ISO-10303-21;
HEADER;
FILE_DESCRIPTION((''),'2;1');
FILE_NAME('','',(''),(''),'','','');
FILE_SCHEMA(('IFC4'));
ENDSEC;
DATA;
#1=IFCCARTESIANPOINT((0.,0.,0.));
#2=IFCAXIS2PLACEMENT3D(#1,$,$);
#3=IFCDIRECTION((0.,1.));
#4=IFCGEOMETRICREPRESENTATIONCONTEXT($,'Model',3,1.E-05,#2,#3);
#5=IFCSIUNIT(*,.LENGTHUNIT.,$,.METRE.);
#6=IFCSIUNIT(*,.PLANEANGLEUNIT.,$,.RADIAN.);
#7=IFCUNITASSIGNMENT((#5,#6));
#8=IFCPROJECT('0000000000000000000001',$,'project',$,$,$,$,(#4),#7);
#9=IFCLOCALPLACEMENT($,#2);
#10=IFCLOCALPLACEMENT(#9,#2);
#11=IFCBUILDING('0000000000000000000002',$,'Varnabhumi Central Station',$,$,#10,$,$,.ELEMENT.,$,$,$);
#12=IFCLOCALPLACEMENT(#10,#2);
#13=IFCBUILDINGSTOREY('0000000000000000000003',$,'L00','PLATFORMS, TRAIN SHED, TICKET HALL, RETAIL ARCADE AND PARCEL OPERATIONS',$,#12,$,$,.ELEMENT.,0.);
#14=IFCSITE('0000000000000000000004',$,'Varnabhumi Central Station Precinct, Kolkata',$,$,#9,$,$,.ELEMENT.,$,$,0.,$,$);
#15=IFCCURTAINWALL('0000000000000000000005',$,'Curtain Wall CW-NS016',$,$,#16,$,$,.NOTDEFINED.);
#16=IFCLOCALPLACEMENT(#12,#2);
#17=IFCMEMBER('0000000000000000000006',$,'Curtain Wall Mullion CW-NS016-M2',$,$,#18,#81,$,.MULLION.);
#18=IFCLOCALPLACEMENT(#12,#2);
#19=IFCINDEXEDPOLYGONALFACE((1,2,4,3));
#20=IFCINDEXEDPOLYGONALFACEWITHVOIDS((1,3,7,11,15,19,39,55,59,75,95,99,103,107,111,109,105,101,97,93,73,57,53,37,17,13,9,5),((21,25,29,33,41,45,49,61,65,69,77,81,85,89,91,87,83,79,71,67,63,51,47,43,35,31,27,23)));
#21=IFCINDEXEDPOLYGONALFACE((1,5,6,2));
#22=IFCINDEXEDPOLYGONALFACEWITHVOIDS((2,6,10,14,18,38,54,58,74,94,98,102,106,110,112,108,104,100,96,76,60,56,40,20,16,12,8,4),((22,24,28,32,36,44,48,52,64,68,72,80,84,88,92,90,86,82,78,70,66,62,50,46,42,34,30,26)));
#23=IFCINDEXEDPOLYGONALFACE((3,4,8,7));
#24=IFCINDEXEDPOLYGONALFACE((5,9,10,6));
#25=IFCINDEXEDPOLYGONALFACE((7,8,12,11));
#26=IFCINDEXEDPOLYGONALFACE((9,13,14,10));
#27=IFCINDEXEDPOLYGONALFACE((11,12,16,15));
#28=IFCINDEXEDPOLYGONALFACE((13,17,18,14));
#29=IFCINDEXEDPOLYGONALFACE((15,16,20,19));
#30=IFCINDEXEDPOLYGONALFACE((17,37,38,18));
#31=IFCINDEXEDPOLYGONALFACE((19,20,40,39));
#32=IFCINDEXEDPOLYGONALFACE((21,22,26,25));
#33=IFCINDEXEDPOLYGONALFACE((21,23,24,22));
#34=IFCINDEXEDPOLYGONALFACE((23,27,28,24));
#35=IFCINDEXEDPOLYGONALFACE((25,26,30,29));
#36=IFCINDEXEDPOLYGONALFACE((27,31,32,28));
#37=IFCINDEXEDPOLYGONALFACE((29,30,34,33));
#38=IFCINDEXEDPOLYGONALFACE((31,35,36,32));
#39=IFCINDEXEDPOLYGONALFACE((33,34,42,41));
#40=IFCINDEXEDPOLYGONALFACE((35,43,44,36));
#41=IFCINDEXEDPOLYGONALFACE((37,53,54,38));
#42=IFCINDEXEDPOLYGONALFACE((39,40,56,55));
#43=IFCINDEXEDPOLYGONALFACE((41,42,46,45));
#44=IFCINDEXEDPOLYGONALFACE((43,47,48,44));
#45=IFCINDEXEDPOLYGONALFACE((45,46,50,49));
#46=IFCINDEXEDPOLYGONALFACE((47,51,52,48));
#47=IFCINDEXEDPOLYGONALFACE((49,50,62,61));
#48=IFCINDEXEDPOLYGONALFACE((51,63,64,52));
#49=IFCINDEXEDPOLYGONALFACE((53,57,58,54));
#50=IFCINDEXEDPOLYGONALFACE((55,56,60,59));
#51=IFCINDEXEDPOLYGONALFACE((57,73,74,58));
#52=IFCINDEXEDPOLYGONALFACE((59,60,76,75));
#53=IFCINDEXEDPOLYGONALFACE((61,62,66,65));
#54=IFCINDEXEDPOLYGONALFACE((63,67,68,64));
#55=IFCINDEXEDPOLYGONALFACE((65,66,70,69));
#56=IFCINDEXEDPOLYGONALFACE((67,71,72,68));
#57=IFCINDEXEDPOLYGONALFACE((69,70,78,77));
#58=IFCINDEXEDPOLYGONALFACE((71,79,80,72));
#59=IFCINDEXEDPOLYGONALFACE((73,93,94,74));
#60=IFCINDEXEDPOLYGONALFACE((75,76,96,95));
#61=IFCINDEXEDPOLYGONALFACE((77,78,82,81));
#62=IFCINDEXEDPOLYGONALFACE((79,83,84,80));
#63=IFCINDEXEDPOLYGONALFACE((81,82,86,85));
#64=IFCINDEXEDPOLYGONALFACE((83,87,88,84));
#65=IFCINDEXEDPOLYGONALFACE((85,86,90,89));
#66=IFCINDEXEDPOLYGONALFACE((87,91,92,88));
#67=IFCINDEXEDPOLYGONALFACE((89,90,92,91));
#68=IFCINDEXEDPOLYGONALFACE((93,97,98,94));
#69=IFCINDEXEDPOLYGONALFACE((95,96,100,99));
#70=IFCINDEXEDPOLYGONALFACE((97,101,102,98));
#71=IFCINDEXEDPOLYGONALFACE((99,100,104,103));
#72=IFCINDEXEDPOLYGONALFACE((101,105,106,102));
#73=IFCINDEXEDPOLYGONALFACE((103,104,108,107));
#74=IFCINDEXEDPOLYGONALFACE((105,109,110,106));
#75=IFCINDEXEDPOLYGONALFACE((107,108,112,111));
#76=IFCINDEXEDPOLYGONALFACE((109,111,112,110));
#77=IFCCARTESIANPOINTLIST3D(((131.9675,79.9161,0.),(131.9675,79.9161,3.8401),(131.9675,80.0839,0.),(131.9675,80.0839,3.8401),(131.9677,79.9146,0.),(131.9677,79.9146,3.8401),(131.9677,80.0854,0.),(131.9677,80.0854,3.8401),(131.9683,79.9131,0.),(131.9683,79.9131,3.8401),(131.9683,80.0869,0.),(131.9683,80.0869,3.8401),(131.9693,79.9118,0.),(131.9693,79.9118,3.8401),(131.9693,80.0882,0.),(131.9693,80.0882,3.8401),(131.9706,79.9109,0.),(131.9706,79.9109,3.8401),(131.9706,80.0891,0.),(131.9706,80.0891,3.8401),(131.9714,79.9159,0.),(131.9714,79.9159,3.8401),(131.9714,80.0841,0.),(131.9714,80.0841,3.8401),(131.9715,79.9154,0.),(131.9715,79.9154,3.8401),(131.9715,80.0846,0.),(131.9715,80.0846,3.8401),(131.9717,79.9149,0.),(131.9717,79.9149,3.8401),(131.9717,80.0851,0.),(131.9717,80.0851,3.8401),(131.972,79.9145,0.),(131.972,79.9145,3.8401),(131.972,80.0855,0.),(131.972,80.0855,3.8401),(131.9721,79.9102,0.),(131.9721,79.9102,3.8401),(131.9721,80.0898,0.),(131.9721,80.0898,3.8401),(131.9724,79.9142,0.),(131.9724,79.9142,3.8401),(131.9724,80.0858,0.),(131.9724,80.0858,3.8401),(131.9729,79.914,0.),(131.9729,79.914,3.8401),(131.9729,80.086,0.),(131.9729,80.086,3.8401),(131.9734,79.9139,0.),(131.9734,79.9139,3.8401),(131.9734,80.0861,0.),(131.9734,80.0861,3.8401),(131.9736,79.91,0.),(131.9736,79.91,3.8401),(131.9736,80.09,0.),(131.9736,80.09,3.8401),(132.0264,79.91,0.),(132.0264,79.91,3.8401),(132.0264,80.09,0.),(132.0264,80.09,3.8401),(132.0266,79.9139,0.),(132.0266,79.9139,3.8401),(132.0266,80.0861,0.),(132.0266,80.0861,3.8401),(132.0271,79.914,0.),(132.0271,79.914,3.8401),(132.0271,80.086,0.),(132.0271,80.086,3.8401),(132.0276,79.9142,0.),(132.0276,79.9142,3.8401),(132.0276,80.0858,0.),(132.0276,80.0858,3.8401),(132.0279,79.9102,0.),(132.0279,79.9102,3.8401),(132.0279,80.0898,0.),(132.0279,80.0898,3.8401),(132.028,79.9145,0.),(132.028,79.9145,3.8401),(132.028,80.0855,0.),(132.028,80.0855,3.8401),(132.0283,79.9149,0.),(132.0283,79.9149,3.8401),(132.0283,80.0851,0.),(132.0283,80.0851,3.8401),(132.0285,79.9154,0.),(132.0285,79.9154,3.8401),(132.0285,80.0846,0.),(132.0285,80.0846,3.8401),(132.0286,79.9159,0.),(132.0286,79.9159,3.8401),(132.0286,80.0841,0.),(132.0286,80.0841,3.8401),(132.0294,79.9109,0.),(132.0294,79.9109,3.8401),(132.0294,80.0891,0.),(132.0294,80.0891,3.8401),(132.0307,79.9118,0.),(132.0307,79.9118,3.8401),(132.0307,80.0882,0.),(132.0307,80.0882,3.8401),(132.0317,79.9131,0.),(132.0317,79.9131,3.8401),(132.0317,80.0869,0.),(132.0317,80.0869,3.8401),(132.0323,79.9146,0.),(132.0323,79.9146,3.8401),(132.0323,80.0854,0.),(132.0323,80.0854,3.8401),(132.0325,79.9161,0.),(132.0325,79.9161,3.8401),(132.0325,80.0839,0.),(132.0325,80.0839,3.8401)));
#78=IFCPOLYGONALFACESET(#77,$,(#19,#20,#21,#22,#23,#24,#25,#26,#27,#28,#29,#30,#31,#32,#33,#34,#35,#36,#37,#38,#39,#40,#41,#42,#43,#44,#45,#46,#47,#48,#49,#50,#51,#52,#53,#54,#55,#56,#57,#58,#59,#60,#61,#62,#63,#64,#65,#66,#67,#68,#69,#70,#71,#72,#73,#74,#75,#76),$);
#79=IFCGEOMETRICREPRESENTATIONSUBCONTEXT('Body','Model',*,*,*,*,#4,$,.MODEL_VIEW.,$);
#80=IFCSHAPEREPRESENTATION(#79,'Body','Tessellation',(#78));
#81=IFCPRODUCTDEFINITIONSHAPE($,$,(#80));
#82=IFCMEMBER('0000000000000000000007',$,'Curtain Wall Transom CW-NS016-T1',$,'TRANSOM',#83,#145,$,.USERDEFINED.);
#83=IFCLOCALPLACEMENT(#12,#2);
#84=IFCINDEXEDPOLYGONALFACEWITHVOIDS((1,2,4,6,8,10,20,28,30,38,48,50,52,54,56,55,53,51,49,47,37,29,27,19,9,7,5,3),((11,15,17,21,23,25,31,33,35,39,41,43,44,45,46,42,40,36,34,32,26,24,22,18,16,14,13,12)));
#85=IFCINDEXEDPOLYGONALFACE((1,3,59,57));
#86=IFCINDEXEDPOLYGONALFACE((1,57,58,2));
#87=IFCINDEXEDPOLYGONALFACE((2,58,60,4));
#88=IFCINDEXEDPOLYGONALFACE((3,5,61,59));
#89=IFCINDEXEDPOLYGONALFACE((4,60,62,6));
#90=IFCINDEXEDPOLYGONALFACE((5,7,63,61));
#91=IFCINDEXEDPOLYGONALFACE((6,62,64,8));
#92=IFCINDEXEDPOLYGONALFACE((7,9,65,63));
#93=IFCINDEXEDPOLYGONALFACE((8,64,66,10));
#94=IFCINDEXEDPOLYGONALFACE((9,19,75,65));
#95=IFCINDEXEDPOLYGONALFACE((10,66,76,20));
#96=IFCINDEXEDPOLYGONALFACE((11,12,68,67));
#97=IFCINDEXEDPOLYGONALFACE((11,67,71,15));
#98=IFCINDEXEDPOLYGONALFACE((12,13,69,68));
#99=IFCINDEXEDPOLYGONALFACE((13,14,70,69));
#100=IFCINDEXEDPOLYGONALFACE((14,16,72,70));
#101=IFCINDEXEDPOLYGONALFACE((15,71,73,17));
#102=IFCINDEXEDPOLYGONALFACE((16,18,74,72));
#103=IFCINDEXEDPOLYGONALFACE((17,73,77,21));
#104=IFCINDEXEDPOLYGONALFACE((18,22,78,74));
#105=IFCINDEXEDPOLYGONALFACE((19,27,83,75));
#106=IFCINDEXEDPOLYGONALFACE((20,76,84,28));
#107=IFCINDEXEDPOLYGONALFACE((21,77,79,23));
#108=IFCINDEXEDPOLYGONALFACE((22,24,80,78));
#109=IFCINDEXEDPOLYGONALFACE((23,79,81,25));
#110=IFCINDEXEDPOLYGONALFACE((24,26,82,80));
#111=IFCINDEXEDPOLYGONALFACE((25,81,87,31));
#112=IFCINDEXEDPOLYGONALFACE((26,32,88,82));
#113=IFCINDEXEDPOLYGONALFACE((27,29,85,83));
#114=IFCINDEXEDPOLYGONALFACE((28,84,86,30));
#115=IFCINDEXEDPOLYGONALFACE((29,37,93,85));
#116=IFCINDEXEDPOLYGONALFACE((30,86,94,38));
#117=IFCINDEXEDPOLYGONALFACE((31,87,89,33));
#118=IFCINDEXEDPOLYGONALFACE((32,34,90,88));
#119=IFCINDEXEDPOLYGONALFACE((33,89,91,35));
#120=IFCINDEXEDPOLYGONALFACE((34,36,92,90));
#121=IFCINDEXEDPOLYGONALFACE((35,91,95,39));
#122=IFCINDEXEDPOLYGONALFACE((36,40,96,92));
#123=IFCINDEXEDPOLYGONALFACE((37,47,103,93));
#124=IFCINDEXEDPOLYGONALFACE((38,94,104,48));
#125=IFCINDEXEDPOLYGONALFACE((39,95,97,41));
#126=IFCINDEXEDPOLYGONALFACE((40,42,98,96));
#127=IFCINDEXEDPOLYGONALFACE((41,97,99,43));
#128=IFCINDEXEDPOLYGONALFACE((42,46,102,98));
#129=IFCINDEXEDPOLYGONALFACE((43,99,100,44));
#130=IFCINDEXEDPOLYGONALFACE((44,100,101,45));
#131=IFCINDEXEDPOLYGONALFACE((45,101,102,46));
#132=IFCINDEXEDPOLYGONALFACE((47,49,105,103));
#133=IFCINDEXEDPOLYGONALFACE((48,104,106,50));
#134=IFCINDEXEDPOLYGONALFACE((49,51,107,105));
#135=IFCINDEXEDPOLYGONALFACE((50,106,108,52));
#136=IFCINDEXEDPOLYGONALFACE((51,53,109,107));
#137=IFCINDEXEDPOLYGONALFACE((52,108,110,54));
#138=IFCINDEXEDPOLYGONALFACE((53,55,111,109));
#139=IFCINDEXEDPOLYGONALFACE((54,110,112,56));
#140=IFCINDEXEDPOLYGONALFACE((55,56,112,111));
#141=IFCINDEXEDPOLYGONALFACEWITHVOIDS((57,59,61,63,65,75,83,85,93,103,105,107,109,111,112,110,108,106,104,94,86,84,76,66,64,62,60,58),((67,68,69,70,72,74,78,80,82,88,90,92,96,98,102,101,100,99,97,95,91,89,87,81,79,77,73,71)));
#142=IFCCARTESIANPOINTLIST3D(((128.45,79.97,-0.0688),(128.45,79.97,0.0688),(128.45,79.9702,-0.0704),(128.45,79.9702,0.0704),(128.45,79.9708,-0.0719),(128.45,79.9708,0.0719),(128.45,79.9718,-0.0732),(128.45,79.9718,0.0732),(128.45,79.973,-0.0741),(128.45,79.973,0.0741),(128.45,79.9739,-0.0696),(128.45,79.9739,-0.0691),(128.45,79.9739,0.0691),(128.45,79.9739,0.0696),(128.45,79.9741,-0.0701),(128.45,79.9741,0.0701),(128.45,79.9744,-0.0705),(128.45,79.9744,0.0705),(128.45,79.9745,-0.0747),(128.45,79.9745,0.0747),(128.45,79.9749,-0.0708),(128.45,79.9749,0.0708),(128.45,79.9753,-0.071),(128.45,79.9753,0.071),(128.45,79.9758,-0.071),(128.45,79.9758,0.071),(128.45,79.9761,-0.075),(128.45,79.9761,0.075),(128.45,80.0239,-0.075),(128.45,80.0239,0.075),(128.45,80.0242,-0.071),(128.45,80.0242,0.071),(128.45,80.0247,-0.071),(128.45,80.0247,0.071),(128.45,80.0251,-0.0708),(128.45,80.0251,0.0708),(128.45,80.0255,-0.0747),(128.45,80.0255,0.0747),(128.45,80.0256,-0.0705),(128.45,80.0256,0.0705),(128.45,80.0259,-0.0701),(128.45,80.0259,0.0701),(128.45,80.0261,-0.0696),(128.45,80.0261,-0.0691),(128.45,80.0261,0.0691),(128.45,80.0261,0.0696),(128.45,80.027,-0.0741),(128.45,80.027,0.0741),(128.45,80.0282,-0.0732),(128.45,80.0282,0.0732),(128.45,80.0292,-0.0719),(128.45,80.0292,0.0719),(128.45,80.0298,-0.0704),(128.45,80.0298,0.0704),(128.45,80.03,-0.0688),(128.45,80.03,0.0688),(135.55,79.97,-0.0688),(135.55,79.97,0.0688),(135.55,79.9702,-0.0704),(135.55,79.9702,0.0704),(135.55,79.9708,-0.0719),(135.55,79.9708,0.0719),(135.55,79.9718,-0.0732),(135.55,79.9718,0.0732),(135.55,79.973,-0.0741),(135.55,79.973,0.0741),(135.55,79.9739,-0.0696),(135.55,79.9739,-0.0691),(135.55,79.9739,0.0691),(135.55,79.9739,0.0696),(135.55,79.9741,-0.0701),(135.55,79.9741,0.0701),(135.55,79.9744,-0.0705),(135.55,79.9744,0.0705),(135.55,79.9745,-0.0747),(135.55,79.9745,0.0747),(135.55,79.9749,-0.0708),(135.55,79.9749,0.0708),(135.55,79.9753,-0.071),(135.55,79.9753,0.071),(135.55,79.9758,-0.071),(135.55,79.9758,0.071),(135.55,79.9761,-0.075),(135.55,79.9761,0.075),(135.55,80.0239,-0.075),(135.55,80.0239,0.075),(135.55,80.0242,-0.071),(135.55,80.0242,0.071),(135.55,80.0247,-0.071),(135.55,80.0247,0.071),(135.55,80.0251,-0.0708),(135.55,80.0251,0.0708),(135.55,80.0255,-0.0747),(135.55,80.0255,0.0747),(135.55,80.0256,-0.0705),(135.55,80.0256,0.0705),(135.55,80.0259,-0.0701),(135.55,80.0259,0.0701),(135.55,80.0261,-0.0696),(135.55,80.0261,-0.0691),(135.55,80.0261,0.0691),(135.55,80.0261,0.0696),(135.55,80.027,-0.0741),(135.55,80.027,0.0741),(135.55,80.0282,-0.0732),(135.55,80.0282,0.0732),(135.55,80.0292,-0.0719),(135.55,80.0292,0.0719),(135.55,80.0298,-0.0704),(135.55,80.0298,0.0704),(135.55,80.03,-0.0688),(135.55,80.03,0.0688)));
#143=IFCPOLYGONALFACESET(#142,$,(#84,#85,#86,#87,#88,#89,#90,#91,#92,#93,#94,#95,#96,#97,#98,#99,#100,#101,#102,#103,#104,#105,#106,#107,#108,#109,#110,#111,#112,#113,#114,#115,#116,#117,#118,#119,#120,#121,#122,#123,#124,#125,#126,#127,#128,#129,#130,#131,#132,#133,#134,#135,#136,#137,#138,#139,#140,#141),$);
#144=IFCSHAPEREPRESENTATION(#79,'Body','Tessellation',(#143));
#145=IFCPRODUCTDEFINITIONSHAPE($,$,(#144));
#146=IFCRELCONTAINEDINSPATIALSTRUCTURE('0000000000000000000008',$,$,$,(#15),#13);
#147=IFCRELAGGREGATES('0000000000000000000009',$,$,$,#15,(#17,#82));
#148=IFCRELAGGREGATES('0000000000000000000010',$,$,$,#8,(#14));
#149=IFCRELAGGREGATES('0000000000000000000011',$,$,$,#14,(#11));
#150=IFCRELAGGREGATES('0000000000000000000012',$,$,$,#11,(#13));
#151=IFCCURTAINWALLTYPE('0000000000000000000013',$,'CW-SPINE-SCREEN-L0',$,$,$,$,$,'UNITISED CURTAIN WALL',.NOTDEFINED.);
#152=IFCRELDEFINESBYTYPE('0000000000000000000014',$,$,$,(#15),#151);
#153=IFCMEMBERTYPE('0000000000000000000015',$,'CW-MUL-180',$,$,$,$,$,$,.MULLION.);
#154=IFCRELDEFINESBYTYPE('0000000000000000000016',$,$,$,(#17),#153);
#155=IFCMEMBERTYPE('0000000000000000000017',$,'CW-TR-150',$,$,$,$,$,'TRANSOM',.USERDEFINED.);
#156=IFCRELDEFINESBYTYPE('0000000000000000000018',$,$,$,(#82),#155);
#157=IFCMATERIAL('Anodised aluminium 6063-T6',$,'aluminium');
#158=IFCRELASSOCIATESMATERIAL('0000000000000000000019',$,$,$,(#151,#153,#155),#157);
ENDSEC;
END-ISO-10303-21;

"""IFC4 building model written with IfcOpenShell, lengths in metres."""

from ifc_helpers import new_model, si_unit, direction, frame, origin, origin_2d, place, context, subcontext, project, spatial, hollow_rectangle, extrude, material, material_profile, profile_set, type_object, element, aggregate, save


model = new_model("IFC4")

# Units and contexts
model_context = context("Model", 3, precision=1e-05, world=origin(), true_north=direction((0.0, 1.0)))
body_context = subcontext(model_context, "Body", "Model", "MODEL_VIEW")
ifc_project = project(units=[si_unit("LENGTHUNIT", "METRE"), si_unit("PLANEANGLEUNIT", "RADIAN")], contexts=[model_context])

# Site, building, storey
site_placement = place(None, origin())
site = spatial("IfcSite", under=ifc_project, at=site_placement, Name="Varnabhumi Central Station Precinct, Kolkata", CompositionType="ELEMENT", RefElevation=0.0)
building_placement = place(site_placement, origin())
building = spatial("IfcBuilding", under=site, at=building_placement, Name="Varnabhumi Central Station", CompositionType="ELEMENT")
storey_placement = place(building_placement, origin())
storey = spatial("IfcBuildingStorey", under=building, at=storey_placement, Name="L00", Description="PLATFORMS, TRAIN SHED, TICKET HALL, RETAIL ARCADE AND PARCEL OPERATIONS", CompositionType="ELEMENT", Elevation=0.0)

# Curtain wall, members
ifc_material_1 = material(Name="Anodised aluminium 6063-T6", Category="aluminium")
curtain_wall_type = type_object("IfcCurtainWallType", Name="CW-SPINE-SCREEN-L0", ElementType="UNITISED CURTAIN WALL", PredefinedType="NOTDEFINED", material=ifc_material_1)
curtain_wall_placement = place(storey_placement, origin())
curtain_wall = element("IfcCurtainWall", 1, at=curtain_wall_placement, inside=storey, type_object=curtain_wall_type, Name="Curtain Wall CW-NS016", PredefinedType="NOTDEFINED")
ifc_material_profile_1 = material_profile(ifc_material_1, hollow_rectangle(XDim=0.0649, YDim=0.1799, WallThickness=0.0039, InnerFilletRadius=0.002, OuterFilletRadius=0.0061, at=origin_2d()), Name="Anodised aluminium 6063-T6", Category="aluminium")
ifc_profile_set_1 = profile_set([ifc_material_profile_1], Name="Anodised aluminium 6063-T6")
member_type_1 = type_object("IfcMemberType", Name="CW-MUL-180", PredefinedType="MULLION", material=ifc_profile_set_1)
member_1_placement = place(storey_placement, frame((132.0, 80.0, 0.0), z_axis=(0.0, 0.0, 1.0), x_axis=(1.0, 0.0, 0.0)))
member_1 = element("IfcMember", 2, at=member_1_placement, type_object=member_type_1, Name="Curtain Wall Mullion CW-NS016-M2", PredefinedType="MULLION", context=body_context, shape_type="SweptSolid", body=[
    extrude(hollow_rectangle(XDim=0.0649, YDim=0.1799, WallThickness=0.0039, InnerFilletRadius=0.002, OuterFilletRadius=0.0061, at=origin_2d()), origin(), (0.0, 0.0, 1.0), 3.8401),
])
ifc_material_profile_2 = material_profile(ifc_material_1, hollow_rectangle(XDim=0.0601, YDim=0.1499, WallThickness=0.0039, InnerFilletRadius=0.002, OuterFilletRadius=0.0061, at=origin_2d()), Name="Anodised aluminium 6063-T6", Category="aluminium")
ifc_profile_set_2 = profile_set([ifc_material_profile_2], Name="Anodised aluminium 6063-T6")
member_type_2 = type_object("IfcMemberType", Name="CW-TR-150", ElementType="TRANSOM", PredefinedType="USERDEFINED", material=ifc_profile_set_2)
member_2_placement = place(storey_placement, frame((128.45, 80.0, 0.0), z_axis=(1.0, 0.0, 0.0), x_axis=(0.0, 1.0, 0.0)))
member_2 = element("IfcMember", 3, at=member_2_placement, type_object=member_type_2, Name="Curtain Wall Transom CW-NS016-T1", ObjectType="TRANSOM", PredefinedType="USERDEFINED", context=body_context, shape_type="SweptSolid", body=[
    extrude(hollow_rectangle(XDim=0.0601, YDim=0.1499, WallThickness=0.0039, InnerFilletRadius=0.002, OuterFilletRadius=0.0061, at=origin_2d()), origin(), (0.0, 0.0, 1.0), 7.1001),
])
aggregate(curtain_wall, [member_1, member_2])

save(model, "model.ifc")
